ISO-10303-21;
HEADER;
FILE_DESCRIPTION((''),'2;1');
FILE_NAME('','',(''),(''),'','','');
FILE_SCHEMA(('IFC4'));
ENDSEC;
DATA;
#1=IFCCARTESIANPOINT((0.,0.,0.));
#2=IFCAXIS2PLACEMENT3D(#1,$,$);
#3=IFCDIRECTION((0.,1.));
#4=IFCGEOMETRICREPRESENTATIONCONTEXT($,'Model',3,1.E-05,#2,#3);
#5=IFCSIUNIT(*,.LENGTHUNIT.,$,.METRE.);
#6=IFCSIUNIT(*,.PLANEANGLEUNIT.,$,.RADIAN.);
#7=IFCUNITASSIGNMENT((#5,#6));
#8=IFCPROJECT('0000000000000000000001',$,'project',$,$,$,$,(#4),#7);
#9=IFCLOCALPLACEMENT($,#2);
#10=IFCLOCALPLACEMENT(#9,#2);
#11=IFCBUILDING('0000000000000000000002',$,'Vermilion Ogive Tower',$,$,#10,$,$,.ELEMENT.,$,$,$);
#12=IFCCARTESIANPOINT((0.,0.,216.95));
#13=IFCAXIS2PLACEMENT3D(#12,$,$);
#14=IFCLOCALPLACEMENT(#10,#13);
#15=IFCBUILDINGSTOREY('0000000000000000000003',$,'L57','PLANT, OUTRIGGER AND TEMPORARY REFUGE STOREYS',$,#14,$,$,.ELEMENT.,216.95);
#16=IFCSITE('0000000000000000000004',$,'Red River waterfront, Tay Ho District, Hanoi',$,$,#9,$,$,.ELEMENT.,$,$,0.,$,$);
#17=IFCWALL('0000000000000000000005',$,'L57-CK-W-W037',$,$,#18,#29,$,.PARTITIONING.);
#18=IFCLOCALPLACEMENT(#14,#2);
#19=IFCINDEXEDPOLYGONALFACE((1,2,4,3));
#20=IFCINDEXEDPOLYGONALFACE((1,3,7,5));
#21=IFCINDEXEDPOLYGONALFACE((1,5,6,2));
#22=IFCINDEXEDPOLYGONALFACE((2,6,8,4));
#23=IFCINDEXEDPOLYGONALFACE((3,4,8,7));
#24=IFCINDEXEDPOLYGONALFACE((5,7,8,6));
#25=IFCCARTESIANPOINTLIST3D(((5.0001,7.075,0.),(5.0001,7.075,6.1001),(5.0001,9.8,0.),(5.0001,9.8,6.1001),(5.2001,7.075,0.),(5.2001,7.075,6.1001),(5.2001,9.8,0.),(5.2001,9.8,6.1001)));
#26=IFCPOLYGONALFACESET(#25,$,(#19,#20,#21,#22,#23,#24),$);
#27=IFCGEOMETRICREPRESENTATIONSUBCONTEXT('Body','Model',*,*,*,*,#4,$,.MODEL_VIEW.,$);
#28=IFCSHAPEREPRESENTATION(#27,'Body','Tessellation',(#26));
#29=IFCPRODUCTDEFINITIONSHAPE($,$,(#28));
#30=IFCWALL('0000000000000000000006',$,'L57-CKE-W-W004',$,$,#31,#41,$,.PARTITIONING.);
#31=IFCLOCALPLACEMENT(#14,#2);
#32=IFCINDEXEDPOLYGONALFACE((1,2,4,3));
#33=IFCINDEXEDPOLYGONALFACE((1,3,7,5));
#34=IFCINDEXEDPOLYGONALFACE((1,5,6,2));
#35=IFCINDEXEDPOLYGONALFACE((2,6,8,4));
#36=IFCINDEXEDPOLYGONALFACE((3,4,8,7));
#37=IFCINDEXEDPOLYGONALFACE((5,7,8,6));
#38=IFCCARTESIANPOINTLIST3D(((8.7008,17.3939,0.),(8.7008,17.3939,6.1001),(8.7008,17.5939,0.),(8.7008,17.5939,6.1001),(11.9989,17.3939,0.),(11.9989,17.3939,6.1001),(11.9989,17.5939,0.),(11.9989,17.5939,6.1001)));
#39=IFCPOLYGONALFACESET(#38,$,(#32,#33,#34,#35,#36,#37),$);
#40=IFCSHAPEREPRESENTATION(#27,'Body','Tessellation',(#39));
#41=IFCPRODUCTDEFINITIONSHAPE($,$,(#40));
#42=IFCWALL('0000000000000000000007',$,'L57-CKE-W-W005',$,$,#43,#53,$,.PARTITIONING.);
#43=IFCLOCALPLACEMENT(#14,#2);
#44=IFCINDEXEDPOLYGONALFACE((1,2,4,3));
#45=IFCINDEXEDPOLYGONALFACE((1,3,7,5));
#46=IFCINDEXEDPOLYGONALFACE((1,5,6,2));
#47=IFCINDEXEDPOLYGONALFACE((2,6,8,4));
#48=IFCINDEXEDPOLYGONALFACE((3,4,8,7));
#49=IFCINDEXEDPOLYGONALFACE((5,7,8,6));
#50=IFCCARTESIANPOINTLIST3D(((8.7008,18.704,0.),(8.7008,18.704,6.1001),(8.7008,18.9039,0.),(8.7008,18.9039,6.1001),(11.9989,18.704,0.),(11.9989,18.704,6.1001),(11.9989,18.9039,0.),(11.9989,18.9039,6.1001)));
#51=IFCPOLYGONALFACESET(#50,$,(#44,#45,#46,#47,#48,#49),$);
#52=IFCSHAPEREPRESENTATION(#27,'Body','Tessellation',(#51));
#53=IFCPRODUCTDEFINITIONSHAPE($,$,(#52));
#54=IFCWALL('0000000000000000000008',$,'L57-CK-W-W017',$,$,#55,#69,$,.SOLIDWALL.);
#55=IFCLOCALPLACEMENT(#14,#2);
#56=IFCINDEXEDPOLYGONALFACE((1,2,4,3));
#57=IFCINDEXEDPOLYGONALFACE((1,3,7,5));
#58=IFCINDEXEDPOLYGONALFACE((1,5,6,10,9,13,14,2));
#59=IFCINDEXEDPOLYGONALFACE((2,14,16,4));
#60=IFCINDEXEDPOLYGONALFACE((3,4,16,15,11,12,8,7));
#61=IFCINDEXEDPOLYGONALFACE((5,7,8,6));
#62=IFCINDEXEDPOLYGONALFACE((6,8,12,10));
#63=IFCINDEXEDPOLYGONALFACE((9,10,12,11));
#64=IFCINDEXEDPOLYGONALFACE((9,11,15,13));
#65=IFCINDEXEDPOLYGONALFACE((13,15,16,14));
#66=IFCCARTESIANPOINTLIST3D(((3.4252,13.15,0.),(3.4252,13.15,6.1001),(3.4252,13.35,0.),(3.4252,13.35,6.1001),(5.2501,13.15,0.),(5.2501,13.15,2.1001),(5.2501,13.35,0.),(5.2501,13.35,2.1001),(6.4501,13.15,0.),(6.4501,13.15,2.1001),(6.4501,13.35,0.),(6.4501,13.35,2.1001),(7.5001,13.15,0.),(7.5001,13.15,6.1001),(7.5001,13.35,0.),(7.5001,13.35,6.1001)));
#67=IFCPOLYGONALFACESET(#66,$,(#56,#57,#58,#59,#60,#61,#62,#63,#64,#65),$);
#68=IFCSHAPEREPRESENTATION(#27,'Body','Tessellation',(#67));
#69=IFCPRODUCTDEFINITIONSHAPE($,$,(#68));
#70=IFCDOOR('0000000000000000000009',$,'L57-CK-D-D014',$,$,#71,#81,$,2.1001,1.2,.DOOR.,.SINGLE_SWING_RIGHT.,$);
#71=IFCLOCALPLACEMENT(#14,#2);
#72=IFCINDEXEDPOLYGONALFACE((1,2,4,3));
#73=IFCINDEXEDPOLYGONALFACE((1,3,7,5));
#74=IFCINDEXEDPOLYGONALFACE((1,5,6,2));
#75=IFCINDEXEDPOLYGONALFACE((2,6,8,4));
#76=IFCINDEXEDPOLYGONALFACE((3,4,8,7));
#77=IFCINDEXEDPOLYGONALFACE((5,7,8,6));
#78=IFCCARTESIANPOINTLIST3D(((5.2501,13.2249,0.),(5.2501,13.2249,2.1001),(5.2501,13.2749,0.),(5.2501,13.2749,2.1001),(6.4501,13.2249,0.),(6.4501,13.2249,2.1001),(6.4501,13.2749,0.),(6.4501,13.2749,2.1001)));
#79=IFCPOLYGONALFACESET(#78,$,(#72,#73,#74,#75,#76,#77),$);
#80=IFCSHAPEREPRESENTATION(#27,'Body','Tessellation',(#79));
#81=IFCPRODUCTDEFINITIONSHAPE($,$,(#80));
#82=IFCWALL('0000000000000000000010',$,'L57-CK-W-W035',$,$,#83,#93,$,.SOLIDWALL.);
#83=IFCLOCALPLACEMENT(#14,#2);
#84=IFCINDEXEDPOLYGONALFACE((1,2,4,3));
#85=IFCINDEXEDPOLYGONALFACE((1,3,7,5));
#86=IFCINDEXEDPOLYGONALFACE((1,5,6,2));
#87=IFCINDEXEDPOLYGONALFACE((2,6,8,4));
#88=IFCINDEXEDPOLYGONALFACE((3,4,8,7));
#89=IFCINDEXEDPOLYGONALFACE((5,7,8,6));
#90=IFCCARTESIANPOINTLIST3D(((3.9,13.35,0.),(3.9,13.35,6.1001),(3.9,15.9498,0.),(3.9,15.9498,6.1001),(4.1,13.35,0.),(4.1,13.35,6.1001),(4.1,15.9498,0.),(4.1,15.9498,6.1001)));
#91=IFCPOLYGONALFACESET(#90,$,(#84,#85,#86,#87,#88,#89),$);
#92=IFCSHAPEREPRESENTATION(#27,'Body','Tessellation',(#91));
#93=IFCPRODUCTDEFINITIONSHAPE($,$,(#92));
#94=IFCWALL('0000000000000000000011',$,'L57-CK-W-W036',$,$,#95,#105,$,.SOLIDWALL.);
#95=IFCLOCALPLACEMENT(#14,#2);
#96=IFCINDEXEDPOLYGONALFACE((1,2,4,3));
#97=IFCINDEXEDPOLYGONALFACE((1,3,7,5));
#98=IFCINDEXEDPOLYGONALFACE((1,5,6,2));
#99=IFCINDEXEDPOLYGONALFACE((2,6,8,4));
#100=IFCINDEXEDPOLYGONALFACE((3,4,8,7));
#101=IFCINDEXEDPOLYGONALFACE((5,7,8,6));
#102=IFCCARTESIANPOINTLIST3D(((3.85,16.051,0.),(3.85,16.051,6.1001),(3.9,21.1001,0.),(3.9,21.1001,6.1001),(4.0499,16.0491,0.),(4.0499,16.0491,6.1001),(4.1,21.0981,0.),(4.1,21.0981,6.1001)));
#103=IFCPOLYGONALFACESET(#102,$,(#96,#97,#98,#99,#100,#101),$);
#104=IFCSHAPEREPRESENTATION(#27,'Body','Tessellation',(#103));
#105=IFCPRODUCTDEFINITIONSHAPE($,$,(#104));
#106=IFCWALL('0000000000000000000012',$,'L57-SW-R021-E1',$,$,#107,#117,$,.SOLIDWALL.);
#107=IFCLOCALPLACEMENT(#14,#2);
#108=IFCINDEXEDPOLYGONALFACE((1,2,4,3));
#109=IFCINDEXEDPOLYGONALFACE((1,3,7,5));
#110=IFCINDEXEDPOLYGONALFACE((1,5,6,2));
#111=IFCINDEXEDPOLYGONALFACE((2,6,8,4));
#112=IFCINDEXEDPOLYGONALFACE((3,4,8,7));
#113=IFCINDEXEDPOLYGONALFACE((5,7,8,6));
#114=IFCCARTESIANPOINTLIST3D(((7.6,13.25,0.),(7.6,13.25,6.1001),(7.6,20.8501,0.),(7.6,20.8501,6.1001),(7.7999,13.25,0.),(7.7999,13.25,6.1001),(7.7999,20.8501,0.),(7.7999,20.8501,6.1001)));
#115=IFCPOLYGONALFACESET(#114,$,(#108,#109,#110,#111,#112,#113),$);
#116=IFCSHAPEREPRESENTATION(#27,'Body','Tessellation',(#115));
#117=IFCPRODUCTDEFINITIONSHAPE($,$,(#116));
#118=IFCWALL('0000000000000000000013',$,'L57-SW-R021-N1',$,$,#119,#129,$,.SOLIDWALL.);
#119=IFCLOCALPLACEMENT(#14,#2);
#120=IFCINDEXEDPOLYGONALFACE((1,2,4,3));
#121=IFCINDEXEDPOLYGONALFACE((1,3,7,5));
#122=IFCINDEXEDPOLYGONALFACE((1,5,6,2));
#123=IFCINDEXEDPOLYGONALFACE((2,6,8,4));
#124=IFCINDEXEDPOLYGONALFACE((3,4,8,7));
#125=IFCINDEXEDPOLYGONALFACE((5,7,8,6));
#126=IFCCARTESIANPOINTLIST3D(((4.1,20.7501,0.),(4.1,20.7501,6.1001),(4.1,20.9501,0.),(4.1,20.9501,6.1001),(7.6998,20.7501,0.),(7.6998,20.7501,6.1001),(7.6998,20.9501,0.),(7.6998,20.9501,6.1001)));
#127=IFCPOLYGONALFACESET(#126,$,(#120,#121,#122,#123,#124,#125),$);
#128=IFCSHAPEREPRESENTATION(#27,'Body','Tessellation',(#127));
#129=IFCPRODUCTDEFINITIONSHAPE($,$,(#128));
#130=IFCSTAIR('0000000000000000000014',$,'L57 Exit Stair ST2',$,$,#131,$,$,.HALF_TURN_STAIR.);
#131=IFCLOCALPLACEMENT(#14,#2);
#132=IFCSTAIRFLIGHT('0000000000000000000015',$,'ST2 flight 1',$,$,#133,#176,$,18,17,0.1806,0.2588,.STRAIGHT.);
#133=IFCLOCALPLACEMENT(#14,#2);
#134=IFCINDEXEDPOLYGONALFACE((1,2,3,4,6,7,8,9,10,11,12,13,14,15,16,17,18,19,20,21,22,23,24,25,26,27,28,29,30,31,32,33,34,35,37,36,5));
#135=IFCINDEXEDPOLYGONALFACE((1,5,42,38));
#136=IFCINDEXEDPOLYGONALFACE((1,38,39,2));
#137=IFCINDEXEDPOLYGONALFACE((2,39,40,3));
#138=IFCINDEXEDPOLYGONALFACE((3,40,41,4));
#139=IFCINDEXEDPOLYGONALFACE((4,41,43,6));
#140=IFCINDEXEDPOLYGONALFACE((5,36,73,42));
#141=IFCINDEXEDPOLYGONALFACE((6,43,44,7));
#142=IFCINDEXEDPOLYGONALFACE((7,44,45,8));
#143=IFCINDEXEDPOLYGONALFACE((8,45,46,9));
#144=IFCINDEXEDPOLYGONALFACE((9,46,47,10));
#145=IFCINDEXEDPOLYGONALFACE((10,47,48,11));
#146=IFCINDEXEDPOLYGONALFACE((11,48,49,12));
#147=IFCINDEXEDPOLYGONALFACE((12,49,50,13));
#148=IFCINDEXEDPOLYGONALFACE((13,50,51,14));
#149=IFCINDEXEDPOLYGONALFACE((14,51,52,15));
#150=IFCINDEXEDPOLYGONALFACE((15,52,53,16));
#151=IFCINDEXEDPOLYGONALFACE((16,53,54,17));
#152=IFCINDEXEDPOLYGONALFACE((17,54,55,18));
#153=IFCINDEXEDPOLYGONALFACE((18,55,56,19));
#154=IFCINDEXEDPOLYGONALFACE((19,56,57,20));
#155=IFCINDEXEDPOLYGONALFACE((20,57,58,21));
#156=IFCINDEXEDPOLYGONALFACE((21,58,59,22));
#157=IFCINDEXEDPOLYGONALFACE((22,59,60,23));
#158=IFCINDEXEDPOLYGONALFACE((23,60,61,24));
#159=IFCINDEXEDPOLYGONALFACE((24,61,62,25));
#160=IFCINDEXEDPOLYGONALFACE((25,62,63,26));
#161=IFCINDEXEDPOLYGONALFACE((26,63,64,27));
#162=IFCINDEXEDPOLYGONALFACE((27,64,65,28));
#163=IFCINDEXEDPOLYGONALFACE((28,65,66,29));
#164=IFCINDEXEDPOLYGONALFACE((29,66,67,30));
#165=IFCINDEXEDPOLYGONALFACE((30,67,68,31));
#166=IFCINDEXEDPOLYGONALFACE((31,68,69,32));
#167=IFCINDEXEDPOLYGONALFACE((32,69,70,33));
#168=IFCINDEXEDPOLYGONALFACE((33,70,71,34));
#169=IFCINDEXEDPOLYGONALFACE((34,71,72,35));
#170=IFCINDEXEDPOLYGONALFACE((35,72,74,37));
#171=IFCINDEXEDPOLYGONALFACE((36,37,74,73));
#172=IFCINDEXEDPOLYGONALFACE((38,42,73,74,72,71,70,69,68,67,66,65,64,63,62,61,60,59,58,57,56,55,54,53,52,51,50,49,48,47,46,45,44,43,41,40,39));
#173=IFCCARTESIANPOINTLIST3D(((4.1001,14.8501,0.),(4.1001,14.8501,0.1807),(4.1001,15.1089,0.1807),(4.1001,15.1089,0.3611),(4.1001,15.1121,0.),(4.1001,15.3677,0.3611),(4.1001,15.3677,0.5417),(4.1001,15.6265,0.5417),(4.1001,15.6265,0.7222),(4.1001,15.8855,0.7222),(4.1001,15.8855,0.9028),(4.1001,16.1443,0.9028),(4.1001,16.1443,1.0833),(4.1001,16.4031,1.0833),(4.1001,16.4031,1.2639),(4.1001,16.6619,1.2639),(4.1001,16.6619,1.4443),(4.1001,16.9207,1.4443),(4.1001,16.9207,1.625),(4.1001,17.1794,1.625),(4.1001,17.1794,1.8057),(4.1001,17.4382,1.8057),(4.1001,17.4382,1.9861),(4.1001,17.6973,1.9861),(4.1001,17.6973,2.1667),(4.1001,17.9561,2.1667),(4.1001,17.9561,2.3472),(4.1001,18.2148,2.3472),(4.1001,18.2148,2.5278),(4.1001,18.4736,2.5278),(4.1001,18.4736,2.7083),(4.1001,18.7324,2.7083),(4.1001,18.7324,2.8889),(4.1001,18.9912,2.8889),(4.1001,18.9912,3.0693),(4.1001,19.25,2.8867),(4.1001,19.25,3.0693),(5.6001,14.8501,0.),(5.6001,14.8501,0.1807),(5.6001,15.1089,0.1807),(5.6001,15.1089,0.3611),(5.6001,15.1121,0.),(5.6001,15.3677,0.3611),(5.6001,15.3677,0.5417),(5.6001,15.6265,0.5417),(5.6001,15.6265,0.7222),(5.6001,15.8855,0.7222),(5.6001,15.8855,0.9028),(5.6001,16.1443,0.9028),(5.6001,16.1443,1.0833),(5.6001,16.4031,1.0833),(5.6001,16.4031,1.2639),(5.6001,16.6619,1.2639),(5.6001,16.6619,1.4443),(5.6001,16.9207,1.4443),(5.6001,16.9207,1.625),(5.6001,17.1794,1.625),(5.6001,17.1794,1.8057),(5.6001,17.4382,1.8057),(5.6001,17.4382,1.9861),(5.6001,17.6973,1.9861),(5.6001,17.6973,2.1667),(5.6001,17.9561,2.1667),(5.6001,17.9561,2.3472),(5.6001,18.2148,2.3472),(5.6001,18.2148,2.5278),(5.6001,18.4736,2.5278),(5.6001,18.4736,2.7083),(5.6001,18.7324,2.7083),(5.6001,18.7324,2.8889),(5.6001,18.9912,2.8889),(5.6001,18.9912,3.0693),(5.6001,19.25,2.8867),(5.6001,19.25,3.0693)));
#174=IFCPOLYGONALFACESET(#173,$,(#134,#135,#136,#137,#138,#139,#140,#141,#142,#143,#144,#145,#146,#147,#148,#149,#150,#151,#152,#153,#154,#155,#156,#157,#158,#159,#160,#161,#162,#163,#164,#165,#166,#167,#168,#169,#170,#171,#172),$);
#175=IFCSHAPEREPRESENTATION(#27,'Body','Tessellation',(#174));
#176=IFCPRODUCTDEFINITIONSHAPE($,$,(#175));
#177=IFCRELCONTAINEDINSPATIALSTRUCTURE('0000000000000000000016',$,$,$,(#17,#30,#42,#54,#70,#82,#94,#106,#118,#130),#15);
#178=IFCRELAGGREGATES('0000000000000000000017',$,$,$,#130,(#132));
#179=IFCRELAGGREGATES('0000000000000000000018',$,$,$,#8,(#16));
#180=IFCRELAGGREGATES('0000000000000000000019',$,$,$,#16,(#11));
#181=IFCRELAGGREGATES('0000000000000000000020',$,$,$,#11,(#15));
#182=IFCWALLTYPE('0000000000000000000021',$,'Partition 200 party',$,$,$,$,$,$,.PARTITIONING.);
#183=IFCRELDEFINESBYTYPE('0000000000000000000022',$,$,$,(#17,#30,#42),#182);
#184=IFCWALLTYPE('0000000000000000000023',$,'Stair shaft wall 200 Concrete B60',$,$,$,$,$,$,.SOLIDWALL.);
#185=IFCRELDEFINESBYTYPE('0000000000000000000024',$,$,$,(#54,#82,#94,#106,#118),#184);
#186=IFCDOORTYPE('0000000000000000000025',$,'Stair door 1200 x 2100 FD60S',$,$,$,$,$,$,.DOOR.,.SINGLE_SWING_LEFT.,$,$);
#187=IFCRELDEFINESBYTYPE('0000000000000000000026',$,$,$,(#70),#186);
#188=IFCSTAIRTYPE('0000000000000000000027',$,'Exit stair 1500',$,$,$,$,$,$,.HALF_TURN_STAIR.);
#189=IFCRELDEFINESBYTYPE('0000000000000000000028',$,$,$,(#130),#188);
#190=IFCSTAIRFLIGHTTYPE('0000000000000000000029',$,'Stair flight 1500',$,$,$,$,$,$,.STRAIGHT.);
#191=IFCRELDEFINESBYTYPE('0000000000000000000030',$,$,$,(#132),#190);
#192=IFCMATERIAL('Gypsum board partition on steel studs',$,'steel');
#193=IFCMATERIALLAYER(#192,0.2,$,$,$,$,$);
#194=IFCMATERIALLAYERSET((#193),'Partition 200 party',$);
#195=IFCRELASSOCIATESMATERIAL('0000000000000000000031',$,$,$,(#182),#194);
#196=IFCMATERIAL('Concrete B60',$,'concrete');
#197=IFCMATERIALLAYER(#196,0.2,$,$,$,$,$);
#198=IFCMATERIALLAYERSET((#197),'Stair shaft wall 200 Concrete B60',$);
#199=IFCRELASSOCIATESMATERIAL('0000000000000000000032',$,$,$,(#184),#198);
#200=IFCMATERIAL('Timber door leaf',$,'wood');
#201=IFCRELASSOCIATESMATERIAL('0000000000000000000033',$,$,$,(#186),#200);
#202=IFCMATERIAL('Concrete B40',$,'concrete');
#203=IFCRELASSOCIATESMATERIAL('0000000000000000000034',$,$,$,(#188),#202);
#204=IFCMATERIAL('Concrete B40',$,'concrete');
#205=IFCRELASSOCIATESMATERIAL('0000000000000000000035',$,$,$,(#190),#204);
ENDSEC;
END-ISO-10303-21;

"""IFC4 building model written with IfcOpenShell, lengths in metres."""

from ifc_helpers import new_model, si_unit, direction, frame, frame_2d, origin, place, context, subcontext, project, spatial, polyline, rectangle, outline, extrude, material, layer, layer_set, type_object, element, fill, aggregate, save


model = new_model("IFC4")

# Units and contexts
model_context = context("Model", 3, precision=1e-05, world=origin(), true_north=direction((0.0, 1.0)))
body_context = subcontext(model_context, "Body", "Model", "MODEL_VIEW")
ifc_project = project(units=[si_unit("LENGTHUNIT", "METRE"), si_unit("PLANEANGLEUNIT", "RADIAN")], contexts=[model_context])

# Site, building, storey
site_placement = place(None, origin())
site = spatial("IfcSite", under=ifc_project, at=site_placement, Name="Red River waterfront, Tay Ho District, Hanoi", CompositionType="ELEMENT", RefElevation=0.0)
building_placement = place(site_placement, origin())
building = spatial("IfcBuilding", under=site, at=building_placement, Name="Vermilion Ogive Tower", CompositionType="ELEMENT")
storey_placement = place(building_placement, frame((0.0, 0.0, 216.95)))
storey = spatial("IfcBuildingStorey", under=building, at=storey_placement, Name="L57", Description="PLANT, OUTRIGGER AND TEMPORARY REFUGE STOREYS", CompositionType="ELEMENT", Elevation=216.95)

# Shared definitions
ifc_material_1 = material(Name="Gypsum board partition on steel studs", Category="steel")
ifc_layer_1 = layer(ifc_material_1, 0.2)
ifc_layer_set_1 = layer_set([ifc_layer_1], Name="Partition 200 party")
wall_type_1 = type_object("IfcWallType", Name="Partition 200 party", PredefinedType="PARTITIONING", material=ifc_layer_set_1)

# Walls
wall_1_placement = place(storey_placement, frame((5.1001, 7.075, 0.0), z_axis=(0.0, 0.0, 1.0), x_axis=(0.0, 1.0, 0.0)))
element("IfcWall", 1, at=wall_1_placement, inside=storey, type_object=wall_type_1, Name="L57-CK-W-W037", PredefinedType="PARTITIONING", context=body_context, shape_type="SweptSolid", body=[
    extrude(rectangle(XDim=2.7251, YDim=0.2, at=frame_2d((1.3625, 0.0))), origin(), (0.0, 0.0, 1.0), 6.1001),
])
for number, where, z_axis, x_axis, name in (
    (2, (8.7009, 17.4939, 0.0), (0.0, 0.0, 1.0), (1.0, 0.0, 0.0), "L57-CKE-W-W004"),
    (3, (8.7009, 18.804, 0.0), (0.0, 0.0, 1.0), (1.0, 0.0, 0.0), "L57-CKE-W-W005"),
):
    element("IfcWall", number, at=place(storey_placement, frame(where, z_axis=z_axis, x_axis=x_axis)), inside=storey, type_object=wall_type_1, Name=name, PredefinedType="PARTITIONING", context=body_context, shape_type="SweptSolid", body=[
        extrude(rectangle(XDim=3.2981, YDim=0.2, at=frame_2d((1.6489, 0.0))), origin(), (0.0, 0.0, 1.0), 6.1001),
    ])

# Wall, opening, door
ifc_material_2 = material(Name="Concrete B60", Category="concrete")
ifc_layer_2 = layer(ifc_material_2, 0.2)
ifc_layer_set_2 = layer_set([ifc_layer_2], Name="Stair shaft wall 200 Concrete B60")
wall_type_2 = type_object("IfcWallType", Name="Stair shaft wall 200 Concrete B60", PredefinedType="SOLIDWALL", material=ifc_layer_set_2)
wall_2_placement = place(storey_placement, frame((3.425, 13.25, 0.0), z_axis=(0.0, 0.0, 1.0), x_axis=(1.0, 0.0, 0.0)))
wall_2 = element("IfcWall", 4, at=wall_2_placement, inside=storey, type_object=wall_type_2, Name="L57-CK-W-W017", PredefinedType="SOLIDWALL", context=body_context, shape_type="SweptSolid", body=[
    extrude(rectangle(XDim=4.075, YDim=0.2, at=frame_2d((2.0376, 0.0))), origin(), (0.0, 0.0, 1.0), 6.1001),
])
opening_1_placement = place(wall_2_placement, frame((1.825, 0.0, 0.0)))
opening_1 = element("IfcOpeningElement", 5, at=opening_1_placement, cuts=wall_2, PredefinedType="OPENING", context=body_context, shape_type="SweptSolid", body=[
    extrude(rectangle(XDim=1.2, YDim=2.1001, at=frame_2d((0.6001, 1.05))), frame((0.0, 0.1099, 0.0), z_axis=(0.0, -1.0, 0.0), x_axis=(1.0, 0.0, 0.0)), (0.0, 0.0, 1.0), 0.22),
])
ifc_material_3 = material(Name="Timber door leaf", Category="wood")
door_type_1 = type_object("IfcDoorType", Name="Stair door 1200 x 2100 FD60S", OperationType="SINGLE_SWING_LEFT", PredefinedType="DOOR", material=ifc_material_3)
door_1_placement = place(opening_1_placement, origin())
door_1 = element("IfcDoor", 6, at=door_1_placement, inside=storey, type_object=door_type_1, Name="L57-CK-D-D014", OperationType="SINGLE_SWING_RIGHT", OverallHeight=2.1001, OverallWidth=1.2, PredefinedType="DOOR", context=body_context, shape_type="SweptSolid", body=[
    extrude(rectangle(XDim=1.2, YDim=2.1001, at=frame_2d((0.6001, 1.05))), frame((0.0, 0.0249, 0.0), z_axis=(0.0, -1.0, 0.0), x_axis=(1.0, 0.0, 0.0)), (0.0, 0.0, 1.0), 0.05),
])
fill(opening_1, door_1)

# Walls
wall_3_placement = place(storey_placement, frame((4.0, 13.3501, 0.0), z_axis=(0.0, 0.0, 1.0), x_axis=(0.0, 1.0, 0.0)))
element("IfcWall", 7, at=wall_3_placement, inside=storey, type_object=wall_type_2, Name="L57-CK-W-W035", PredefinedType="SOLIDWALL", context=body_context, shape_type="SweptSolid", body=[
    extrude(rectangle(XDim=2.5999, YDim=0.2, at=frame_2d((1.2998, 0.0))), origin(), (0.0, 0.0, 1.0), 6.1001),
])
wall_4_placement = place(storey_placement, frame((3.95, 16.05, 0.0), z_axis=(0.0, 0.0, 1.0), x_axis=(0.009912, 0.999951, 0.0)))
element("IfcWall", 8, at=wall_4_placement, inside=storey, type_object=wall_type_2, Name="L57-CK-W-W036", PredefinedType="SOLIDWALL", context=body_context, shape_type="SweptSolid", body=[
    extrude(rectangle(XDim=5.0493, YDim=0.2, at=frame_2d((2.5247, 0.0))), origin(), (0.0, 0.0, 1.0), 6.1001),
])
wall_5_placement = place(storey_placement, frame((7.7, 13.25, 0.0), z_axis=(0.0, 0.0, 1.0), x_axis=(0.0, 1.0, 0.0)))
element("IfcWall", 9, at=wall_5_placement, inside=storey, type_object=wall_type_2, Name="L57-SW-R021-E1", PredefinedType="SOLIDWALL", context=body_context, shape_type="SweptSolid", body=[
    extrude(rectangle(XDim=7.6001, YDim=0.2, at=frame_2d((3.8, 0.0))), origin(), (0.0, 0.0, 1.0), 6.1001),
])
wall_6_placement = place(storey_placement, frame((4.1001, 20.8501, 0.0), z_axis=(0.0, 0.0, 1.0), x_axis=(1.0, 0.0, 0.0)))
element("IfcWall", 10, at=wall_6_placement, inside=storey, type_object=wall_type_2, Name="L57-SW-R021-N1", PredefinedType="SOLIDWALL", context=body_context, shape_type="SweptSolid", body=[
    extrude(rectangle(XDim=3.5999, YDim=0.2, at=frame_2d((1.7998, 0.0))), origin(), (0.0, 0.0, 1.0), 6.1001),
])

# Stair, stair flight
ifc_material_4 = material(Name="Concrete B40", Category="concrete")
stair_type = type_object("IfcStairType", Name="Exit stair 1500", PredefinedType="HALF_TURN_STAIR", material=ifc_material_4)
stair_placement = place(storey_placement, origin())
stair = element("IfcStair", 11, at=stair_placement, inside=storey, type_object=stair_type, Name="L57 Exit Stair ST2", PredefinedType="HALF_TURN_STAIR")
ifc_material_5 = material(Name="Concrete B40", Category="concrete")
stair_flight_type = type_object("IfcStairFlightType", Name="Stair flight 1500", PredefinedType="STRAIGHT", material=ifc_material_5)
stair_flight_1_placement = place(storey_placement, frame((4.8501, 14.8501, 0.0), z_axis=(0.0, 0.0, 1.0), x_axis=(0.0, 1.0, 0.0)))
stair_flight_1 = element("IfcStairFlight", 12, at=stair_flight_1_placement, type_object=stair_flight_type, Name="ST2 flight 1", NumberOfRisers=18, NumberOfTreads=17, PredefinedType="STRAIGHT", RiserHeight=0.1806, TreadLength=0.2588, context=body_context, shape_type="SweptSolid", body=[
    extrude(outline(polyline([(0.0, 0.0), (0.0, 0.1807), (0.2588, 0.1807), (0.2588, 0.3611), (0.5176, 0.3611), (0.5176, 0.5417), (0.7764, 0.5417), (0.7764, 0.7222), (1.0354, 0.7222), (1.0354, 0.9028), (1.2942, 0.9028), (1.2942, 1.0833), (1.553, 1.0833), (1.553, 1.2639), (1.8118, 1.2639), (1.8118, 1.4443), (2.0706, 1.4443), (2.0706, 1.625), (2.3293, 1.625), (2.3293, 1.8057), (2.5881, 1.8057), (2.5881, 1.9861), (2.8472, 1.9861), (2.8472, 2.1667), (3.106, 2.1667), (3.106, 2.3472), (3.3647, 2.3472), (3.3647, 2.5278), (3.6235, 2.5278), (3.6235, 2.7083), (3.8823, 2.7083), (3.8823, 2.8889), (4.1411, 2.8889), (4.1411, 3.0693), (4.3999, 3.0693), (4.3999, 3.25), (4.3999, 2.8867), (0.262, 0.0), (0.0, 0.0)])), frame((0.0, 0.75, 0.0), z_axis=(0.0, -1.0, 0.0), x_axis=(1.0, 0.0, 0.0)), (0.0, 0.0, 1.0), 1.5),
])
aggregate(stair, [stair_flight_1])

save(model, "model.ifc")
